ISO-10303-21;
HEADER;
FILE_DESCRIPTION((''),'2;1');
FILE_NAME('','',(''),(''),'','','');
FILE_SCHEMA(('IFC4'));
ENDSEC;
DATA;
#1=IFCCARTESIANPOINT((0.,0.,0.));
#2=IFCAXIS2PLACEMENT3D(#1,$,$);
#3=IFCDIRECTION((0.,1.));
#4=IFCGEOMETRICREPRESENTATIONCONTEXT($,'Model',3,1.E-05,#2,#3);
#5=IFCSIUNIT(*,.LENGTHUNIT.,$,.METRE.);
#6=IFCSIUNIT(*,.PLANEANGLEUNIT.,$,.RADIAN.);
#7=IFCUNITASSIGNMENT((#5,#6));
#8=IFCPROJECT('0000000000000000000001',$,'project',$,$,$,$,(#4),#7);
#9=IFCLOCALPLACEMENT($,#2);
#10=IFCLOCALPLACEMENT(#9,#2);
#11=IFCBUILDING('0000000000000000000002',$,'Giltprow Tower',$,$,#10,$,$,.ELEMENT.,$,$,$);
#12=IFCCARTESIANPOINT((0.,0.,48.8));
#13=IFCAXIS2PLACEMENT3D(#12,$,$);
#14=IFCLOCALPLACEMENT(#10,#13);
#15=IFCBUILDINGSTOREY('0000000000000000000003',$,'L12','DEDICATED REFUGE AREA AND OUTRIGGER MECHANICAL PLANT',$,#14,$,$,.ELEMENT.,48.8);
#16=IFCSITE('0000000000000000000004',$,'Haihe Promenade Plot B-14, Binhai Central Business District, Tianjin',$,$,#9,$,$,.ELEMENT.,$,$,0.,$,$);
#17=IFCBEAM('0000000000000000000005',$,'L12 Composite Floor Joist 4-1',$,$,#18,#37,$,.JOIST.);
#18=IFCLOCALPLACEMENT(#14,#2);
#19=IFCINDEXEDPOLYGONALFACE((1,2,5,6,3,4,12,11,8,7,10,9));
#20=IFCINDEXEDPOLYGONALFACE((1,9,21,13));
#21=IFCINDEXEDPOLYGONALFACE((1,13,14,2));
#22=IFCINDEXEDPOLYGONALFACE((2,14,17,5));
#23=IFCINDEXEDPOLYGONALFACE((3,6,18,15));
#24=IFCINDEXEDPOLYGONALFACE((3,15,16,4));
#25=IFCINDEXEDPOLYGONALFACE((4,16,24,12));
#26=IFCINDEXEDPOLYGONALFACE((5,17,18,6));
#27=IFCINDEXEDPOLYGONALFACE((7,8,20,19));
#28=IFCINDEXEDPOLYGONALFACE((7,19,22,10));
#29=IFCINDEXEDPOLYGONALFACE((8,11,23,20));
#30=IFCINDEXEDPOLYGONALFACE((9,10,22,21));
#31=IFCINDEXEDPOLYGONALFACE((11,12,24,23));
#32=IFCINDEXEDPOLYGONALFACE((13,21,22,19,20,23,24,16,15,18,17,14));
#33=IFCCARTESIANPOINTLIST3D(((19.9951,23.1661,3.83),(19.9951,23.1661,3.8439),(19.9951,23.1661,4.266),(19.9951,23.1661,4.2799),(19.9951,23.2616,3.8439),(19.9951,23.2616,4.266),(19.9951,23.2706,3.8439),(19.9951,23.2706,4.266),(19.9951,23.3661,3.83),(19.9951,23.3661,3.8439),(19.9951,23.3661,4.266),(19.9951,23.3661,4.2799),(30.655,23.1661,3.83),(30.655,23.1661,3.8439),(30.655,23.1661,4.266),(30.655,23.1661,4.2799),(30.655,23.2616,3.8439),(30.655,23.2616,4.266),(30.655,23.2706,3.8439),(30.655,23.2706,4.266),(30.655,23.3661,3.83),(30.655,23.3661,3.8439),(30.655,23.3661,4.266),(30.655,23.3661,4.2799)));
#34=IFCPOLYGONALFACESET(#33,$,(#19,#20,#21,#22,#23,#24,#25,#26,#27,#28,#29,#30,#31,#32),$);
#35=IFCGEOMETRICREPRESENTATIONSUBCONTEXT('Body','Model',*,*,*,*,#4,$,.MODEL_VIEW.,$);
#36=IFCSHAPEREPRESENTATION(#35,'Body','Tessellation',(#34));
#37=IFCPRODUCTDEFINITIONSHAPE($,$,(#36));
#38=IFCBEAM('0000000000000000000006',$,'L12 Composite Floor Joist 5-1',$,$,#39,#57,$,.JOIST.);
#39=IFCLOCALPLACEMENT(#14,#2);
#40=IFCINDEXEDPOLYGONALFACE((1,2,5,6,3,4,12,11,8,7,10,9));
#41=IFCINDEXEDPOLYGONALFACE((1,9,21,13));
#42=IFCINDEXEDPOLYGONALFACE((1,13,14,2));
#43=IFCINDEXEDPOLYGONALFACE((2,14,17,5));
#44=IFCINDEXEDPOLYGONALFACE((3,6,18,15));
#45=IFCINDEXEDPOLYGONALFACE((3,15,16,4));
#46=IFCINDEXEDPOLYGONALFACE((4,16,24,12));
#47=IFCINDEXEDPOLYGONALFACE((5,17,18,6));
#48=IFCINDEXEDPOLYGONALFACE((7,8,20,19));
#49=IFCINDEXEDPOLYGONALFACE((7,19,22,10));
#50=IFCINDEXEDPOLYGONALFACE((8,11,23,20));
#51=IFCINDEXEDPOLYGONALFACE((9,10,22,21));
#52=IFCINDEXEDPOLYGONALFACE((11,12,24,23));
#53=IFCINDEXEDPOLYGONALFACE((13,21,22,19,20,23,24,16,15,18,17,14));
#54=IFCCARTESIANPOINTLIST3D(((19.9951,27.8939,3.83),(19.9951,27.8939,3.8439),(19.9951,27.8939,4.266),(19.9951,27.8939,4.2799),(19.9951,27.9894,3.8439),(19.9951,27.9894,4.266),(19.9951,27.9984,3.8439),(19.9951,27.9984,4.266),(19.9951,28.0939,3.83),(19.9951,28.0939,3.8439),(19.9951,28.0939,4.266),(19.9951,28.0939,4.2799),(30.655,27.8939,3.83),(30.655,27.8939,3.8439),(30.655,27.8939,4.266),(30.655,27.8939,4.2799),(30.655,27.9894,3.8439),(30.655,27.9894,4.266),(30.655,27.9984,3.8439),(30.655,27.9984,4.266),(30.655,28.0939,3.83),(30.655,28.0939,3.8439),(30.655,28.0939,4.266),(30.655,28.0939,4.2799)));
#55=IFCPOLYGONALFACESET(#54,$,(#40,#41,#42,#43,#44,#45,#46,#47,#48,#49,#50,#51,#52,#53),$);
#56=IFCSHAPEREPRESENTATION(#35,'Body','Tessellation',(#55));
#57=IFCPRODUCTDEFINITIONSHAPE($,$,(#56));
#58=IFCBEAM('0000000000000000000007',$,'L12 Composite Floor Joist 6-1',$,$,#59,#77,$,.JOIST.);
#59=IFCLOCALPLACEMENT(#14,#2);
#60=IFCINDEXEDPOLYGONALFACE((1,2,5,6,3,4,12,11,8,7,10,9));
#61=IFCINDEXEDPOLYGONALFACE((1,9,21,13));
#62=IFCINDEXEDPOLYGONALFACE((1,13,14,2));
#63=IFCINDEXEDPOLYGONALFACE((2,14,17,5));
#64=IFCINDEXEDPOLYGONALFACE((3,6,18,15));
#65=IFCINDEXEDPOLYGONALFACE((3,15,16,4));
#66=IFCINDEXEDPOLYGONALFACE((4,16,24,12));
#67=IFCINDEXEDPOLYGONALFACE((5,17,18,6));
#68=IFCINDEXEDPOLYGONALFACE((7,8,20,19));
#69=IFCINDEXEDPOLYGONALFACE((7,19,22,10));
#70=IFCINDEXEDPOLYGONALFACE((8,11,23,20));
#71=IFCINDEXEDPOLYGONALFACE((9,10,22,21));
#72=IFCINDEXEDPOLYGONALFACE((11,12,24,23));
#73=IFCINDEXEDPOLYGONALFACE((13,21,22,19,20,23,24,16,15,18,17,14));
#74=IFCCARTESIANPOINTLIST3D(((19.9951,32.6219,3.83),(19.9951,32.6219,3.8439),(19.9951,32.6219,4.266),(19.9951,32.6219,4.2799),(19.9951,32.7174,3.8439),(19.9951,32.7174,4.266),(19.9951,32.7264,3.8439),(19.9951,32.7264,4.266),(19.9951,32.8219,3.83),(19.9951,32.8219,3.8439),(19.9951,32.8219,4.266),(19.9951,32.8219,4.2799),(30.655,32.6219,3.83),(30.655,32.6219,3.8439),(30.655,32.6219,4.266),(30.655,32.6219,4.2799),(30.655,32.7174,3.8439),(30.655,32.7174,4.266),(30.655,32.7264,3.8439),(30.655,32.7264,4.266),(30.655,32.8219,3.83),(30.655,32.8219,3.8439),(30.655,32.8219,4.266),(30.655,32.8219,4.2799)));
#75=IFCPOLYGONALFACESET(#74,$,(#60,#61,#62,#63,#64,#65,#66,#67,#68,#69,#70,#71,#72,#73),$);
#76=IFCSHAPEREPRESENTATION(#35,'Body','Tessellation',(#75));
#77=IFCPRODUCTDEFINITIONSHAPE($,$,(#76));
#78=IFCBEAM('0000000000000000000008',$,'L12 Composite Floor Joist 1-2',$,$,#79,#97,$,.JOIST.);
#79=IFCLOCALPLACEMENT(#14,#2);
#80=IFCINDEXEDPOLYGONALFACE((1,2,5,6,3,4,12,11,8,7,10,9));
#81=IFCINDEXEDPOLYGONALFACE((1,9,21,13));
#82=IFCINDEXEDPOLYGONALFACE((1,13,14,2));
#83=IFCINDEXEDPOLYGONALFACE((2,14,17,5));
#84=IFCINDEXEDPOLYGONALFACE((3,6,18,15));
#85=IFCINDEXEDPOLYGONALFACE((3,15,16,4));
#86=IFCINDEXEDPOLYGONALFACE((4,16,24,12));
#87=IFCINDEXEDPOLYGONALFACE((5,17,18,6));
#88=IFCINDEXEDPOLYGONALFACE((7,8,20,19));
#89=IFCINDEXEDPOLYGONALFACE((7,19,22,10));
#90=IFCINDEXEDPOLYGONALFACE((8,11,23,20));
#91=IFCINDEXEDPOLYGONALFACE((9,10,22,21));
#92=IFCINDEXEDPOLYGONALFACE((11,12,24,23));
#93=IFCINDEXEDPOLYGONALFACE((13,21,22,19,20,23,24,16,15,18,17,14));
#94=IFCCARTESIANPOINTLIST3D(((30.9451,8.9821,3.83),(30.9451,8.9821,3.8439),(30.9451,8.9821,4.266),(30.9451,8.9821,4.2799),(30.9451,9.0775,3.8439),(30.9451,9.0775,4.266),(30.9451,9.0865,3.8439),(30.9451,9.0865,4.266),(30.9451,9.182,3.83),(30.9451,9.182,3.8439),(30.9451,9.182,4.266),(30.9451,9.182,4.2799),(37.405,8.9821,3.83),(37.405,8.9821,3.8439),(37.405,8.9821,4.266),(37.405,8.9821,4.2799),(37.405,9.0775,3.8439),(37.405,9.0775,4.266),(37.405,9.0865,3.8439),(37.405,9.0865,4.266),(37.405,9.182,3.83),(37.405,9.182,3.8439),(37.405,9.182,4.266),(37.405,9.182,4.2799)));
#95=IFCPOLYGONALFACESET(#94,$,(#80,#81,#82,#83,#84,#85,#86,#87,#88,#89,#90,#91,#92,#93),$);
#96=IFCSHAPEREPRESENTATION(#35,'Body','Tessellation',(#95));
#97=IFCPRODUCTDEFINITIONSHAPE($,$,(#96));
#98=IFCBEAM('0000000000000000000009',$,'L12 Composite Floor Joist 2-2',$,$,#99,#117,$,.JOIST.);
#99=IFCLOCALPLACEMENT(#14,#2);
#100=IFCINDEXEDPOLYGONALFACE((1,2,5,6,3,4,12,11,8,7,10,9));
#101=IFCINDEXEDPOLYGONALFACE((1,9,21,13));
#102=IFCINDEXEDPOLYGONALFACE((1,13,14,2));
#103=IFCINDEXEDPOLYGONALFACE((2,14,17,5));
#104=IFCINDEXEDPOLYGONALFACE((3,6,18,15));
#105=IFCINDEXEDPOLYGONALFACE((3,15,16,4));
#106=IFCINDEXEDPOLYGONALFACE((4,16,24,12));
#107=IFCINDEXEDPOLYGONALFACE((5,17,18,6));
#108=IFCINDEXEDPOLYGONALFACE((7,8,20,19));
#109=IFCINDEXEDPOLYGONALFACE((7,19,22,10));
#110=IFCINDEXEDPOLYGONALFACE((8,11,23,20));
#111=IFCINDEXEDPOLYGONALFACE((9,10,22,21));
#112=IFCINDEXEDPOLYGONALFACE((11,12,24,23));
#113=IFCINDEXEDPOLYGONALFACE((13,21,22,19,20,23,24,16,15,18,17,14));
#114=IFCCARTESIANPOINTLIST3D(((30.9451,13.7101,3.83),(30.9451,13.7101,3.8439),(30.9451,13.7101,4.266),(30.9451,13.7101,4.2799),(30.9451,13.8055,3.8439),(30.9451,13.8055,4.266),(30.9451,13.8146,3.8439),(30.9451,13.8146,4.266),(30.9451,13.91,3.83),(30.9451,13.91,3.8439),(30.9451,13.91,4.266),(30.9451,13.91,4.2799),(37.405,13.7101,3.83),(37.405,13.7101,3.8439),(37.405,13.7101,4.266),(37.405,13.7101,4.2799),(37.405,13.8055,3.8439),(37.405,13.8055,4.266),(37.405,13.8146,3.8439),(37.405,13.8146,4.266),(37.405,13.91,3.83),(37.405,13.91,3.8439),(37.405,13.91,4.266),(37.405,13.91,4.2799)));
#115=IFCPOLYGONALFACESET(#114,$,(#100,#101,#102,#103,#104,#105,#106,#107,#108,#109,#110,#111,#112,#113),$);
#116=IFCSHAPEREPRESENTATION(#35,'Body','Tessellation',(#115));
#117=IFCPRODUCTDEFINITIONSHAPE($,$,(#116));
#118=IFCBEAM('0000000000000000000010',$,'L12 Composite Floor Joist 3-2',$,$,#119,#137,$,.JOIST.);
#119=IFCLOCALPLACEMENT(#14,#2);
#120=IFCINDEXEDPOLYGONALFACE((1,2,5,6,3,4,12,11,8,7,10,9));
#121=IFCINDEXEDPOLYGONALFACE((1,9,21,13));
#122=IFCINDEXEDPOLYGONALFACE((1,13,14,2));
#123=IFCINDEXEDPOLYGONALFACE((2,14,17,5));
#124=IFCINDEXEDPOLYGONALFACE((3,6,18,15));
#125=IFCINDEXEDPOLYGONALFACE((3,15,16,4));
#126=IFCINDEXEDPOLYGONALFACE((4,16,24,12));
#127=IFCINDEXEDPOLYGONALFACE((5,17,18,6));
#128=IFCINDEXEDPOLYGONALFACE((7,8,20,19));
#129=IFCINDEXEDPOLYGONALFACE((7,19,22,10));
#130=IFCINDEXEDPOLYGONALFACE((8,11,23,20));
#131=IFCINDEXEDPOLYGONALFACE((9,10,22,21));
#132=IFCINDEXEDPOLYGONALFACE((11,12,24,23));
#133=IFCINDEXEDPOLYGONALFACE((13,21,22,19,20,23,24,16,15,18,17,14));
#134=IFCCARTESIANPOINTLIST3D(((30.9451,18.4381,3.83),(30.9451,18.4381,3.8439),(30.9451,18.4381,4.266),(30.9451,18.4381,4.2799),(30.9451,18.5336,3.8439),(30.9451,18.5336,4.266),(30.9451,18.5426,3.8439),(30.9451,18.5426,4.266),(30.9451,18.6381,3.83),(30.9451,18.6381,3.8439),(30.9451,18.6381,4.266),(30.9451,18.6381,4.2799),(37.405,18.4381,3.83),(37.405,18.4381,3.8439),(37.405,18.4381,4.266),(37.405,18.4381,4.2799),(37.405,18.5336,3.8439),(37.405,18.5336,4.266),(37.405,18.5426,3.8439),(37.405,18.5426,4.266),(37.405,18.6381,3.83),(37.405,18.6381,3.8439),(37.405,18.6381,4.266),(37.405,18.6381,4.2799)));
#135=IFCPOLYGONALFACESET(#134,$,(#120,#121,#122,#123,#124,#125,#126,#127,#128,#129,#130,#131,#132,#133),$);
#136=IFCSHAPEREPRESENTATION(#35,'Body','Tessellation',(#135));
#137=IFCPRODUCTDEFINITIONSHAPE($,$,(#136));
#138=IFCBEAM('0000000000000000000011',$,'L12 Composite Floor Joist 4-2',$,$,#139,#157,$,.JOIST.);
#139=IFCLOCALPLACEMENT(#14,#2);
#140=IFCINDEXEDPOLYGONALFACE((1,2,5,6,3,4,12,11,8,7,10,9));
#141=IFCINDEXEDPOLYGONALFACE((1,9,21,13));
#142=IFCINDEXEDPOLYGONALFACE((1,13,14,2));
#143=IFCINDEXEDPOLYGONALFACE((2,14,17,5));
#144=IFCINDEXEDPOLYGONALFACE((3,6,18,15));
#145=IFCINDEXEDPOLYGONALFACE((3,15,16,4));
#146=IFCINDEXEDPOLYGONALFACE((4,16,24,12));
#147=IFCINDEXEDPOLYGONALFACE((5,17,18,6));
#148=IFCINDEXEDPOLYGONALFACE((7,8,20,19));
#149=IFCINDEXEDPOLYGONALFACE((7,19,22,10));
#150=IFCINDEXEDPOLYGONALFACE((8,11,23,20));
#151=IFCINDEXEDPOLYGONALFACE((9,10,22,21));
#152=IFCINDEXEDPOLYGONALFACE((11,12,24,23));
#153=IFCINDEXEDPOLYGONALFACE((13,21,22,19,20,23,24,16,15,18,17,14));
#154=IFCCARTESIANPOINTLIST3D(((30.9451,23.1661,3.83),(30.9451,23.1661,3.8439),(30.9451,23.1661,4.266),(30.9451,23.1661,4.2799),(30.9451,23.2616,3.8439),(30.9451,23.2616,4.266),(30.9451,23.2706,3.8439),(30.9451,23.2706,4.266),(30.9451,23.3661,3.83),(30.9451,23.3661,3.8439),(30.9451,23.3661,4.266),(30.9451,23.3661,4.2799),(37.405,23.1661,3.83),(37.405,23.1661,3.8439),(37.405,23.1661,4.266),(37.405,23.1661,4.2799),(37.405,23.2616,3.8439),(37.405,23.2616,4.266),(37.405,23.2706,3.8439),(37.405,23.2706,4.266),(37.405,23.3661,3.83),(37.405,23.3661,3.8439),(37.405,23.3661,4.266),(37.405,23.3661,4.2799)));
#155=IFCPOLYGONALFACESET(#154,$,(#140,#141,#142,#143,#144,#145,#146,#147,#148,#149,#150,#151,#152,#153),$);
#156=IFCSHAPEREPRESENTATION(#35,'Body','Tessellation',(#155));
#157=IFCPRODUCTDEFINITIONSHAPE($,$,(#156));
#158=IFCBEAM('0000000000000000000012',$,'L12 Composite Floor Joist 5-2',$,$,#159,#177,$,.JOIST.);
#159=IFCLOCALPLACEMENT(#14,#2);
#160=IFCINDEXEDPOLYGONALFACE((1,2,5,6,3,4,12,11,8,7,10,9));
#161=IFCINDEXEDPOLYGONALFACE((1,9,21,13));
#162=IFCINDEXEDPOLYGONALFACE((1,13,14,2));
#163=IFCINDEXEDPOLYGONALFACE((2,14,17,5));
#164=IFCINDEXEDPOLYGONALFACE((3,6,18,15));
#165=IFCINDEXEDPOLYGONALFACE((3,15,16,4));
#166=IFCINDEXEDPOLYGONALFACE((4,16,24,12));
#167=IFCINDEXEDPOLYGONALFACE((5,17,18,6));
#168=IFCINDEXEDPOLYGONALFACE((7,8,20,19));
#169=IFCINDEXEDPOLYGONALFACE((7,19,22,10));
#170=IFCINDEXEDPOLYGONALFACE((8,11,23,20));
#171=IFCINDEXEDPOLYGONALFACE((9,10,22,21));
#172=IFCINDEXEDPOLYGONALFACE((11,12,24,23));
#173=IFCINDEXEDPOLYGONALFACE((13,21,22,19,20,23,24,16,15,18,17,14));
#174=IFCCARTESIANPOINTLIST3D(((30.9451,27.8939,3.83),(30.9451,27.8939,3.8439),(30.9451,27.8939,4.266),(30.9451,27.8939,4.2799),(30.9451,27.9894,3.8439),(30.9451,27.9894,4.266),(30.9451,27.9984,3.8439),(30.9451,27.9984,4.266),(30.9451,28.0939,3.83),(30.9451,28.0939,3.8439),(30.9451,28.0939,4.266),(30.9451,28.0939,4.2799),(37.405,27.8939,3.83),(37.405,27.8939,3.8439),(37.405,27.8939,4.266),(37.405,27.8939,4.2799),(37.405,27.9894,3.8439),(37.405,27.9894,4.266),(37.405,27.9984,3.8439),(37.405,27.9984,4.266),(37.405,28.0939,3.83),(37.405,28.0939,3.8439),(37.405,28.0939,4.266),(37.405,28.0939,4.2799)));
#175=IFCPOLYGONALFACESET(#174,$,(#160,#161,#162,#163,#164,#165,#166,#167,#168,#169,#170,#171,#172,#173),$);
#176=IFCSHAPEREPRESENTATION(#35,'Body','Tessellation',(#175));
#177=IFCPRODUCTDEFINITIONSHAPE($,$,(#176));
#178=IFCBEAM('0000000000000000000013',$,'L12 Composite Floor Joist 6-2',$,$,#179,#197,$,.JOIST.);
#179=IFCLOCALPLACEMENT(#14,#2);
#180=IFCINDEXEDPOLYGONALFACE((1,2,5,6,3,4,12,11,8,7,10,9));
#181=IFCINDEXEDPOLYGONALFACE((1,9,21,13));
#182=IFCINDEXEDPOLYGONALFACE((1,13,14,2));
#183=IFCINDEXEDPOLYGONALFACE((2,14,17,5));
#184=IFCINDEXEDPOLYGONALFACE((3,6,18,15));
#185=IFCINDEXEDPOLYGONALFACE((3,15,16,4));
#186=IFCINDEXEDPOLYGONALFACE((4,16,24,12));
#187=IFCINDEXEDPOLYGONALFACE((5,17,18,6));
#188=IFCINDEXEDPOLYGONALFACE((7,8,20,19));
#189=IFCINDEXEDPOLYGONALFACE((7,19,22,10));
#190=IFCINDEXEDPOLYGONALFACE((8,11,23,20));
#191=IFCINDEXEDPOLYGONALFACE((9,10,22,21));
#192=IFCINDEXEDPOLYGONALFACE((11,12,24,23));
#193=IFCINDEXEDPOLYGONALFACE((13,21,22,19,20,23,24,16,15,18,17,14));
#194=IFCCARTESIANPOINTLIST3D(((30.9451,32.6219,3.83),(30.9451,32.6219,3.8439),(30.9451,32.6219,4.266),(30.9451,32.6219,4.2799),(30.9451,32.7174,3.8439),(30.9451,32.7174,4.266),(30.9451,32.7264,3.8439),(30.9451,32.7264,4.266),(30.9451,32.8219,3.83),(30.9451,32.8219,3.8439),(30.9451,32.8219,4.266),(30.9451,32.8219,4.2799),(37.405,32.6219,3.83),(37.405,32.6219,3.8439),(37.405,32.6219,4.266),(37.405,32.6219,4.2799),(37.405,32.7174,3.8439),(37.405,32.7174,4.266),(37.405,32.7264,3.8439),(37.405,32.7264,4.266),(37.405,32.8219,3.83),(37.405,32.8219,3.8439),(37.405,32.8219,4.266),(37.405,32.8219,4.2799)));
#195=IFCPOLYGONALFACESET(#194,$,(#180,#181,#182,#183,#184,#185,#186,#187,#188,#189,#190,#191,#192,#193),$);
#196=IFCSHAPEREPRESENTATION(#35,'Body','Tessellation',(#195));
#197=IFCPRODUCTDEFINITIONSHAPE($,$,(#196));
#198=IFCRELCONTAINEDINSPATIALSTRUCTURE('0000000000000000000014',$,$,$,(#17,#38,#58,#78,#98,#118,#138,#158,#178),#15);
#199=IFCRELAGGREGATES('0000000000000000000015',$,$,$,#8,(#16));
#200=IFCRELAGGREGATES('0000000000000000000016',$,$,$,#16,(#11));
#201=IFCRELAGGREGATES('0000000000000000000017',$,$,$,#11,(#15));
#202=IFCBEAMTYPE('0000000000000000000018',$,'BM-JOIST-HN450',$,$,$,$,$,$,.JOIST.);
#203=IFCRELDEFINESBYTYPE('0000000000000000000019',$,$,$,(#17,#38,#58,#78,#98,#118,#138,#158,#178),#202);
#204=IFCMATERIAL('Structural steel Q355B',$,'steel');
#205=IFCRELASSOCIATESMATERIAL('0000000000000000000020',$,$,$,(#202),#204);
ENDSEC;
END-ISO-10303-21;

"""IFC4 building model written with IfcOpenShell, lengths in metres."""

from ifc_helpers import new_model, si_unit, direction, frame, origin, origin_2d, place, context, subcontext, project, spatial, i_section, extrude, source, transform, mapped, material, material_profile, profile_set, type_object, element, save


model = new_model("IFC4")

# Units and contexts
model_context = context("Model", 3, precision=1e-05, world=origin(), true_north=direction((0.0, 1.0)))
body_context = subcontext(model_context, "Body", "Model", "MODEL_VIEW")
ifc_project = project(units=[si_unit("LENGTHUNIT", "METRE"), si_unit("PLANEANGLEUNIT", "RADIAN")], contexts=[model_context])

# Site, building, storey
site_placement = place(None, origin())
site = spatial("IfcSite", under=ifc_project, at=site_placement, Name="Haihe Promenade Plot B-14, Binhai Central Business District, Tianjin", CompositionType="ELEMENT", RefElevation=0.0)
building_placement = place(site_placement, origin())
building = spatial("IfcBuilding", under=site, at=building_placement, Name="Giltprow Tower", CompositionType="ELEMENT")
storey_placement = place(building_placement, frame((0.0, 0.0, 48.8)))
storey = spatial("IfcBuildingStorey", under=building, at=storey_placement, Name="L12", Description="DEDICATED REFUGE AREA AND OUTRIGGER MECHANICAL PLANT", CompositionType="ELEMENT", Elevation=48.8)

# Beams
ifc_material_1 = material(Name="Structural steel Q355B", Category="steel")
ifc_material_profile_1 = material_profile(ifc_material_1, i_section(OverallWidth=0.2, OverallDepth=0.45, WebThickness=0.009, FlangeThickness=0.0139, at=origin_2d()), Name="HN 450x200x9x14")
ifc_profile_set_1 = profile_set([ifc_material_profile_1], Name="Structural steel Q355B")
beam_type_1 = type_object("IfcBeamType", Name="BM-JOIST-HN450", PredefinedType="JOIST", material=ifc_profile_set_1)
shared_shape_1 = source(origin(), body_context, "Body", "SweptSolid", [
    extrude(i_section(OverallWidth=0.2, OverallDepth=0.45, WebThickness=0.009, FlangeThickness=0.0139, at=origin_2d()), origin(), (0.0, 0.0, 1.0), 10.6599),
])
for number, where, z_axis, x_axis, name in (
    (1, (19.9951, 23.2661, 4.0549), (1.0, 0.0, 0.0), (0.0, 1.0, 0.0), "L12 Composite Floor Joist 4-1"),
    (2, (19.9951, 27.9939, 4.0549), (1.0, 0.0, 0.0), (0.0, 1.0, 0.0), "L12 Composite Floor Joist 5-1"),
    (3, (19.9951, 32.7219, 4.0549), (1.0, 0.0, 0.0), (0.0, 1.0, 0.0), "L12 Composite Floor Joist 6-1"),
):
    element("IfcBeam", number, at=place(storey_placement, frame(where, z_axis=z_axis, x_axis=x_axis)), inside=storey, type_object=beam_type_1, Name=name, PredefinedType="JOIST", context=body_context, shape_type="MappedRepresentation", body=[
        mapped(shared_shape_1, transform((0.0, 0.0, 0.0), x_axis=(1.0, 0.0, 0.0), y_axis=(0.0, 1.0, 0.0), z_axis=(0.0, 0.0, 1.0), scale=1.0)),
    ])
shared_shape_2 = source(origin(), body_context, "Body", "SweptSolid", [
    extrude(i_section(OverallWidth=0.2, OverallDepth=0.45, WebThickness=0.009, FlangeThickness=0.0139, at=origin_2d()), origin(), (0.0, 0.0, 1.0), 6.46),
])
for number, where, z_axis, x_axis, name in (
    (4, (30.9451, 9.082, 4.0549), (1.0, 0.0, 0.0), (0.0, 1.0, 0.0), "L12 Composite Floor Joist 1-2"),
    (5, (30.9451, 13.8101, 4.0549), (1.0, 0.0, 0.0), (0.0, 1.0, 0.0), "L12 Composite Floor Joist 2-2"),
    (6, (30.9451, 18.5381, 4.0549), (1.0, 0.0, 0.0), (0.0, 1.0, 0.0), "L12 Composite Floor Joist 3-2"),
    (7, (30.9451, 23.2661, 4.0549), (1.0, 0.0, 0.0), (0.0, 1.0, 0.0), "L12 Composite Floor Joist 4-2"),
    (8, (30.9451, 27.9939, 4.0549), (1.0, 0.0, 0.0), (0.0, 1.0, 0.0), "L12 Composite Floor Joist 5-2"),
    (9, (30.9451, 32.7219, 4.0549), (1.0, 0.0, 0.0), (0.0, 1.0, 0.0), "L12 Composite Floor Joist 6-2"),
):
    element("IfcBeam", number, at=place(storey_placement, frame(where, z_axis=z_axis, x_axis=x_axis)), inside=storey, type_object=beam_type_1, Name=name, PredefinedType="JOIST", context=body_context, shape_type="MappedRepresentation", body=[
        mapped(shared_shape_2, transform((0.0, 0.0, 0.0), x_axis=(1.0, 0.0, 0.0), y_axis=(0.0, 1.0, 0.0), z_axis=(0.0, 0.0, 1.0), scale=1.0)),
    ])

save(model, "model.ifc")
